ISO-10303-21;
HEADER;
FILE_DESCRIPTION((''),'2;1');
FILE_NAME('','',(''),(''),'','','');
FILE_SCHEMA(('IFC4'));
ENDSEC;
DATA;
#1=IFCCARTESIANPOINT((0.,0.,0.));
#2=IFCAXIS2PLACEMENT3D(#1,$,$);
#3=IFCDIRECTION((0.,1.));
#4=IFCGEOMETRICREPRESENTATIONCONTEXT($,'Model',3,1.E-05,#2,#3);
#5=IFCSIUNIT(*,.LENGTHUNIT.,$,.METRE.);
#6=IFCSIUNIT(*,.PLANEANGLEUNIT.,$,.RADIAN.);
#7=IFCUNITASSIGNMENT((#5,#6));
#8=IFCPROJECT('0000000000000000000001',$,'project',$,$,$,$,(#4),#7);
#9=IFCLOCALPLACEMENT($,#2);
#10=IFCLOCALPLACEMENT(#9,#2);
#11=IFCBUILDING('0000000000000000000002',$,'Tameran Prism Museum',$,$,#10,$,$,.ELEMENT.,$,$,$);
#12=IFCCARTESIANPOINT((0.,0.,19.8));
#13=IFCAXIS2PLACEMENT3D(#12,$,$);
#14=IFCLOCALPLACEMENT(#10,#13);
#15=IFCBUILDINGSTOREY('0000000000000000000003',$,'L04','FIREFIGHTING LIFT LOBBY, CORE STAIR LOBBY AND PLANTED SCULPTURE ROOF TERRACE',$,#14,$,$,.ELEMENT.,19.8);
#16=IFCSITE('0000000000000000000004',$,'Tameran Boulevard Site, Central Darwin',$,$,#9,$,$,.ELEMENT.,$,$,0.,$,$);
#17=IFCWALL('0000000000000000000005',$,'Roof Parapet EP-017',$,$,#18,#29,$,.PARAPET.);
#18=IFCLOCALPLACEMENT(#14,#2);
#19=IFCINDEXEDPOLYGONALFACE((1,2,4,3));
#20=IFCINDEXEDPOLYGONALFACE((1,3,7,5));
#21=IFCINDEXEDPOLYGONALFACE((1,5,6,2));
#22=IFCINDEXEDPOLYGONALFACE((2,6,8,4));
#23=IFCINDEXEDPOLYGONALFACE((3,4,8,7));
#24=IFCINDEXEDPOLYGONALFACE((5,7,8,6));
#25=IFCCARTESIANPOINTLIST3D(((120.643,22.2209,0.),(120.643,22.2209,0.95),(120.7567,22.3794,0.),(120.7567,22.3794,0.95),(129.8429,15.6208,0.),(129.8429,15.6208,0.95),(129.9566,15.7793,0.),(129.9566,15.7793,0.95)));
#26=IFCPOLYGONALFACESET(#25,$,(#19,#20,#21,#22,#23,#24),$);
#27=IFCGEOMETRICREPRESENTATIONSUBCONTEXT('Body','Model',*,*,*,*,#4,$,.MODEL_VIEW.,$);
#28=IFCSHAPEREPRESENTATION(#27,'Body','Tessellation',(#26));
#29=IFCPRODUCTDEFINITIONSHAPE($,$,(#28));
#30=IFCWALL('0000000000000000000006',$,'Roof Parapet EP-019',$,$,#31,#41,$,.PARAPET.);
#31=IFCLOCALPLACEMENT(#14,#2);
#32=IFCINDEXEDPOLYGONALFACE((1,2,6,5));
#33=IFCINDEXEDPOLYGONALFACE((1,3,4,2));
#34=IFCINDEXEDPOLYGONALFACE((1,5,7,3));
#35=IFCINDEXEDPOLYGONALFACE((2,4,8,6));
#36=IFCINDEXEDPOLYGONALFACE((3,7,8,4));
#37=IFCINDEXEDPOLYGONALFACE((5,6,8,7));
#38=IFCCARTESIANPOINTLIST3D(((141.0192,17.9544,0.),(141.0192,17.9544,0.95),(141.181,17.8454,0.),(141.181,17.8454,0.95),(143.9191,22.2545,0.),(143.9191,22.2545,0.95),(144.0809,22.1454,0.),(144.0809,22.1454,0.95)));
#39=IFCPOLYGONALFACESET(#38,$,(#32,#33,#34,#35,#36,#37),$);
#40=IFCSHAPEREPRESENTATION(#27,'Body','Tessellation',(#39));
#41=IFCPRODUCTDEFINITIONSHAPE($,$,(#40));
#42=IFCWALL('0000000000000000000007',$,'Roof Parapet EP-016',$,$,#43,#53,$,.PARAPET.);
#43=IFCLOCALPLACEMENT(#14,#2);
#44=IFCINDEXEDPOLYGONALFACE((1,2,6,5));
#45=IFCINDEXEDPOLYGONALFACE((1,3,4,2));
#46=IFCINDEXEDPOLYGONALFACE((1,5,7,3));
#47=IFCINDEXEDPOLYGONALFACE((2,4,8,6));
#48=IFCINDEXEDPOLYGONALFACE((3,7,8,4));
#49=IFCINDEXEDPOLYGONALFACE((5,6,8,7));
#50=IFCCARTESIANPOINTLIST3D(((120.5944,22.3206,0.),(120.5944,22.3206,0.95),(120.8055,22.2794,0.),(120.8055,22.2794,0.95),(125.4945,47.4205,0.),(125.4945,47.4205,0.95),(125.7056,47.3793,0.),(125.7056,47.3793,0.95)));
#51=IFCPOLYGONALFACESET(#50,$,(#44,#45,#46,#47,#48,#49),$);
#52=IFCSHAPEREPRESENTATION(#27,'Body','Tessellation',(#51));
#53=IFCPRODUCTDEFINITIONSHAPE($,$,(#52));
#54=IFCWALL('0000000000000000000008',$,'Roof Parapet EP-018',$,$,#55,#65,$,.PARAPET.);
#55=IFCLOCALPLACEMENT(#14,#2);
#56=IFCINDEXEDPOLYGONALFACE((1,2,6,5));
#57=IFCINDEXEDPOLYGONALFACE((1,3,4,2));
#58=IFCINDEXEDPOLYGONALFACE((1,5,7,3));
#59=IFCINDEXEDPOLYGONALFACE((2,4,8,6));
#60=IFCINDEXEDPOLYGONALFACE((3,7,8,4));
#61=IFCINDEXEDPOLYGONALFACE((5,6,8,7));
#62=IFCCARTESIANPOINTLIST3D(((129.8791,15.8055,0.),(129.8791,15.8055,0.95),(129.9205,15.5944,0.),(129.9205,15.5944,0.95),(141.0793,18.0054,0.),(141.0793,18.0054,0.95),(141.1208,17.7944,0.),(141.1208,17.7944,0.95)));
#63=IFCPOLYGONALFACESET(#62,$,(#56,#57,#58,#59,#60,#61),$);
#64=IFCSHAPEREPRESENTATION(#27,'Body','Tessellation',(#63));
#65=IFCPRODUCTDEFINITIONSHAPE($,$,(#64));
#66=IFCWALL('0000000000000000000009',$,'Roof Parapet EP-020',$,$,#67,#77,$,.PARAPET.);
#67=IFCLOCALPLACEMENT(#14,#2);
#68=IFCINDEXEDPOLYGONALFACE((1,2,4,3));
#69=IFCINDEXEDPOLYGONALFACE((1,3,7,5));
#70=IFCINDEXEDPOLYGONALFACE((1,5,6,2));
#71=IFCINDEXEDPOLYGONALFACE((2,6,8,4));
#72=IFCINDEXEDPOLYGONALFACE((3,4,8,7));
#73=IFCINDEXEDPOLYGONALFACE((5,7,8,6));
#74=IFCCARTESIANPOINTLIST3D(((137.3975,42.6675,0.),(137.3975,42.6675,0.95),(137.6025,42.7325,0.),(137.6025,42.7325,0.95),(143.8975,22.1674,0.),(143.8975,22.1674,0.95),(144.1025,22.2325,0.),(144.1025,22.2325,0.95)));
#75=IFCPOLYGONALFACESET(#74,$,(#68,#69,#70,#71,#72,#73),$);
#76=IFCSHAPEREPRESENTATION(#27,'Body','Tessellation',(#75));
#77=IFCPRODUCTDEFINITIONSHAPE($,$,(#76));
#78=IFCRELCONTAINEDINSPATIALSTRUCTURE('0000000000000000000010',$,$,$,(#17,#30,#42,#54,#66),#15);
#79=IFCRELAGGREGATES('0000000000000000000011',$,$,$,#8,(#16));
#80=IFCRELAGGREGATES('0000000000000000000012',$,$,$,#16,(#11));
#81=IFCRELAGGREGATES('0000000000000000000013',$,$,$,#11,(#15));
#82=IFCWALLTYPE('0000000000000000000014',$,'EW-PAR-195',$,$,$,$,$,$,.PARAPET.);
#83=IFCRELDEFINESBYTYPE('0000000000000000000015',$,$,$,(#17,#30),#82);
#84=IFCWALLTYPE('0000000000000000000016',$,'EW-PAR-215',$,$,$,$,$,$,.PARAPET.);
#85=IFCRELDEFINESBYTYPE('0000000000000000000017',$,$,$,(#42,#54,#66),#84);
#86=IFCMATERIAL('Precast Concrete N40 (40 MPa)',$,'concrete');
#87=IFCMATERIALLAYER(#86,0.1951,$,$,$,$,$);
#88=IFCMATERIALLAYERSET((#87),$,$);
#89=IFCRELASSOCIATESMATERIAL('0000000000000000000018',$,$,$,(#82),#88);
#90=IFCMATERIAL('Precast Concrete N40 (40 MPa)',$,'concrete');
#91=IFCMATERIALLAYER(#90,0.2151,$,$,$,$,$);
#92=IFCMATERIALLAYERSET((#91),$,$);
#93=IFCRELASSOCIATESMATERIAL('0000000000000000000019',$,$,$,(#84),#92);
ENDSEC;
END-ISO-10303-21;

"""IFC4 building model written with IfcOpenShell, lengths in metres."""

from ifc_helpers import new_model, si_unit, direction, frame, frame_2d, origin, place, context, subcontext, project, spatial, rectangle, extrude, material, layer, layer_set, type_object, element, save


model = new_model("IFC4")

# Units and contexts
model_context = context("Model", 3, precision=1e-05, world=origin(), true_north=direction((0.0, 1.0)))
body_context = subcontext(model_context, "Body", "Model", "MODEL_VIEW")
ifc_project = project(units=[si_unit("LENGTHUNIT", "METRE"), si_unit("PLANEANGLEUNIT", "RADIAN")], contexts=[model_context])

# Site, building, storey
site_placement = place(None, origin())
site = spatial("IfcSite", under=ifc_project, at=site_placement, Name="Tameran Boulevard Site, Central Darwin", CompositionType="ELEMENT", RefElevation=0.0)
building_placement = place(site_placement, origin())
building = spatial("IfcBuilding", under=site, at=building_placement, Name="Tameran Prism Museum", CompositionType="ELEMENT")
storey_placement = place(building_placement, frame((0.0, 0.0, 19.8)))
storey = spatial("IfcBuildingStorey", under=building, at=storey_placement, Name="L04", Description="FIREFIGHTING LIFT LOBBY, CORE STAIR LOBBY AND PLANTED SCULPTURE ROOF TERRACE", CompositionType="ELEMENT", Elevation=19.8)

# Walls
ifc_material_1 = material(Name="Precast Concrete N40 (40 MPa)", Category="concrete")
ifc_layer_1 = layer(ifc_material_1, 0.1951)
ifc_layer_set_1 = layer_set([ifc_layer_1])
wall_type_1 = type_object("IfcWallType", Name="EW-PAR-195", PredefinedType="PARAPET", material=ifc_layer_set_1)
wall_1_placement = place(storey_placement, frame((120.7, 22.3, 0.0), z_axis=(0.0, 0.0, 1.0), x_axis=(0.812533, -0.582916, 0.0)))
element("IfcWall", 1, at=wall_1_placement, inside=storey, type_object=wall_type_1, Name="Roof Parapet EP-017", PredefinedType="PARAPET", context=body_context, shape_type="SweptSolid", body=[
    extrude(rectangle(XDim=11.3225, YDim=0.1951, at=frame_2d((5.6611, 0.0))), origin(), (0.0, 0.0, 1.0), 0.95),
])
wall_2_placement = place(storey_placement, frame((141.1001, 17.8999, 0.0), z_axis=(0.0, 0.0, 1.0), x_axis=(0.559124, 0.829084, 0.0)))
element("IfcWall", 2, at=wall_2_placement, inside=storey, type_object=wall_type_1, Name="Roof Parapet EP-019", PredefinedType="PARAPET", context=body_context, shape_type="SweptSolid", body=[
    extrude(rectangle(XDim=5.1865, YDim=0.1951, at=frame_2d((2.5933, 0.0))), origin(), (0.0, 0.0, 1.0), 0.95),
])
ifc_material_2 = material(Name="Precast Concrete N40 (40 MPa)", Category="concrete")
ifc_layer_2 = layer(ifc_material_2, 0.2151)
ifc_layer_set_2 = layer_set([ifc_layer_2])
wall_type_2 = type_object("IfcWallType", Name="EW-PAR-215", PredefinedType="PARAPET", material=ifc_layer_set_2)
wall_3_placement = place(storey_placement, frame((125.6001, 47.3999, 0.0), z_axis=(0.0, 0.0, 1.0), x_axis=(-0.191609, -0.981471, 0.0)))
element("IfcWall", 3, at=wall_3_placement, inside=storey, type_object=wall_type_2, Name="Roof Parapet EP-016", PredefinedType="PARAPET", context=body_context, shape_type="SweptSolid", body=[
    extrude(rectangle(XDim=25.5737, YDim=0.2151, at=frame_2d((12.7869, 0.0))), origin(), (0.0, 0.0, 1.0), 0.95),
])
wall_4_placement = place(storey_placement, frame((129.8999, 15.7, 0.0), z_axis=(0.0, 0.0, 1.0), x_axis=(0.98125, 0.192738, 0.0)))
element("IfcWall", 4, at=wall_4_placement, inside=storey, type_object=wall_type_2, Name="Roof Parapet EP-018", PredefinedType="PARAPET", context=body_context, shape_type="SweptSolid", body=[
    extrude(rectangle(XDim=11.4143, YDim=0.2151, at=frame_2d((5.707, 0.0))), origin(), (0.0, 0.0, 1.0), 0.95),
])
wall_5_placement = place(storey_placement, frame((144.0, 22.2, 0.0), z_axis=(0.0, 0.0, 1.0), x_axis=(-0.302244, 0.953231, 0.0)))
element("IfcWall", 5, at=wall_5_placement, inside=storey, type_object=wall_type_2, Name="Roof Parapet EP-020", PredefinedType="PARAPET", context=body_context, shape_type="SweptSolid", body=[
    extrude(rectangle(XDim=21.5059, YDim=0.2151, at=frame_2d((10.7529, 0.0))), origin(), (0.0, 0.0, 1.0), 0.95),
])

save(model, "model.ifc")
